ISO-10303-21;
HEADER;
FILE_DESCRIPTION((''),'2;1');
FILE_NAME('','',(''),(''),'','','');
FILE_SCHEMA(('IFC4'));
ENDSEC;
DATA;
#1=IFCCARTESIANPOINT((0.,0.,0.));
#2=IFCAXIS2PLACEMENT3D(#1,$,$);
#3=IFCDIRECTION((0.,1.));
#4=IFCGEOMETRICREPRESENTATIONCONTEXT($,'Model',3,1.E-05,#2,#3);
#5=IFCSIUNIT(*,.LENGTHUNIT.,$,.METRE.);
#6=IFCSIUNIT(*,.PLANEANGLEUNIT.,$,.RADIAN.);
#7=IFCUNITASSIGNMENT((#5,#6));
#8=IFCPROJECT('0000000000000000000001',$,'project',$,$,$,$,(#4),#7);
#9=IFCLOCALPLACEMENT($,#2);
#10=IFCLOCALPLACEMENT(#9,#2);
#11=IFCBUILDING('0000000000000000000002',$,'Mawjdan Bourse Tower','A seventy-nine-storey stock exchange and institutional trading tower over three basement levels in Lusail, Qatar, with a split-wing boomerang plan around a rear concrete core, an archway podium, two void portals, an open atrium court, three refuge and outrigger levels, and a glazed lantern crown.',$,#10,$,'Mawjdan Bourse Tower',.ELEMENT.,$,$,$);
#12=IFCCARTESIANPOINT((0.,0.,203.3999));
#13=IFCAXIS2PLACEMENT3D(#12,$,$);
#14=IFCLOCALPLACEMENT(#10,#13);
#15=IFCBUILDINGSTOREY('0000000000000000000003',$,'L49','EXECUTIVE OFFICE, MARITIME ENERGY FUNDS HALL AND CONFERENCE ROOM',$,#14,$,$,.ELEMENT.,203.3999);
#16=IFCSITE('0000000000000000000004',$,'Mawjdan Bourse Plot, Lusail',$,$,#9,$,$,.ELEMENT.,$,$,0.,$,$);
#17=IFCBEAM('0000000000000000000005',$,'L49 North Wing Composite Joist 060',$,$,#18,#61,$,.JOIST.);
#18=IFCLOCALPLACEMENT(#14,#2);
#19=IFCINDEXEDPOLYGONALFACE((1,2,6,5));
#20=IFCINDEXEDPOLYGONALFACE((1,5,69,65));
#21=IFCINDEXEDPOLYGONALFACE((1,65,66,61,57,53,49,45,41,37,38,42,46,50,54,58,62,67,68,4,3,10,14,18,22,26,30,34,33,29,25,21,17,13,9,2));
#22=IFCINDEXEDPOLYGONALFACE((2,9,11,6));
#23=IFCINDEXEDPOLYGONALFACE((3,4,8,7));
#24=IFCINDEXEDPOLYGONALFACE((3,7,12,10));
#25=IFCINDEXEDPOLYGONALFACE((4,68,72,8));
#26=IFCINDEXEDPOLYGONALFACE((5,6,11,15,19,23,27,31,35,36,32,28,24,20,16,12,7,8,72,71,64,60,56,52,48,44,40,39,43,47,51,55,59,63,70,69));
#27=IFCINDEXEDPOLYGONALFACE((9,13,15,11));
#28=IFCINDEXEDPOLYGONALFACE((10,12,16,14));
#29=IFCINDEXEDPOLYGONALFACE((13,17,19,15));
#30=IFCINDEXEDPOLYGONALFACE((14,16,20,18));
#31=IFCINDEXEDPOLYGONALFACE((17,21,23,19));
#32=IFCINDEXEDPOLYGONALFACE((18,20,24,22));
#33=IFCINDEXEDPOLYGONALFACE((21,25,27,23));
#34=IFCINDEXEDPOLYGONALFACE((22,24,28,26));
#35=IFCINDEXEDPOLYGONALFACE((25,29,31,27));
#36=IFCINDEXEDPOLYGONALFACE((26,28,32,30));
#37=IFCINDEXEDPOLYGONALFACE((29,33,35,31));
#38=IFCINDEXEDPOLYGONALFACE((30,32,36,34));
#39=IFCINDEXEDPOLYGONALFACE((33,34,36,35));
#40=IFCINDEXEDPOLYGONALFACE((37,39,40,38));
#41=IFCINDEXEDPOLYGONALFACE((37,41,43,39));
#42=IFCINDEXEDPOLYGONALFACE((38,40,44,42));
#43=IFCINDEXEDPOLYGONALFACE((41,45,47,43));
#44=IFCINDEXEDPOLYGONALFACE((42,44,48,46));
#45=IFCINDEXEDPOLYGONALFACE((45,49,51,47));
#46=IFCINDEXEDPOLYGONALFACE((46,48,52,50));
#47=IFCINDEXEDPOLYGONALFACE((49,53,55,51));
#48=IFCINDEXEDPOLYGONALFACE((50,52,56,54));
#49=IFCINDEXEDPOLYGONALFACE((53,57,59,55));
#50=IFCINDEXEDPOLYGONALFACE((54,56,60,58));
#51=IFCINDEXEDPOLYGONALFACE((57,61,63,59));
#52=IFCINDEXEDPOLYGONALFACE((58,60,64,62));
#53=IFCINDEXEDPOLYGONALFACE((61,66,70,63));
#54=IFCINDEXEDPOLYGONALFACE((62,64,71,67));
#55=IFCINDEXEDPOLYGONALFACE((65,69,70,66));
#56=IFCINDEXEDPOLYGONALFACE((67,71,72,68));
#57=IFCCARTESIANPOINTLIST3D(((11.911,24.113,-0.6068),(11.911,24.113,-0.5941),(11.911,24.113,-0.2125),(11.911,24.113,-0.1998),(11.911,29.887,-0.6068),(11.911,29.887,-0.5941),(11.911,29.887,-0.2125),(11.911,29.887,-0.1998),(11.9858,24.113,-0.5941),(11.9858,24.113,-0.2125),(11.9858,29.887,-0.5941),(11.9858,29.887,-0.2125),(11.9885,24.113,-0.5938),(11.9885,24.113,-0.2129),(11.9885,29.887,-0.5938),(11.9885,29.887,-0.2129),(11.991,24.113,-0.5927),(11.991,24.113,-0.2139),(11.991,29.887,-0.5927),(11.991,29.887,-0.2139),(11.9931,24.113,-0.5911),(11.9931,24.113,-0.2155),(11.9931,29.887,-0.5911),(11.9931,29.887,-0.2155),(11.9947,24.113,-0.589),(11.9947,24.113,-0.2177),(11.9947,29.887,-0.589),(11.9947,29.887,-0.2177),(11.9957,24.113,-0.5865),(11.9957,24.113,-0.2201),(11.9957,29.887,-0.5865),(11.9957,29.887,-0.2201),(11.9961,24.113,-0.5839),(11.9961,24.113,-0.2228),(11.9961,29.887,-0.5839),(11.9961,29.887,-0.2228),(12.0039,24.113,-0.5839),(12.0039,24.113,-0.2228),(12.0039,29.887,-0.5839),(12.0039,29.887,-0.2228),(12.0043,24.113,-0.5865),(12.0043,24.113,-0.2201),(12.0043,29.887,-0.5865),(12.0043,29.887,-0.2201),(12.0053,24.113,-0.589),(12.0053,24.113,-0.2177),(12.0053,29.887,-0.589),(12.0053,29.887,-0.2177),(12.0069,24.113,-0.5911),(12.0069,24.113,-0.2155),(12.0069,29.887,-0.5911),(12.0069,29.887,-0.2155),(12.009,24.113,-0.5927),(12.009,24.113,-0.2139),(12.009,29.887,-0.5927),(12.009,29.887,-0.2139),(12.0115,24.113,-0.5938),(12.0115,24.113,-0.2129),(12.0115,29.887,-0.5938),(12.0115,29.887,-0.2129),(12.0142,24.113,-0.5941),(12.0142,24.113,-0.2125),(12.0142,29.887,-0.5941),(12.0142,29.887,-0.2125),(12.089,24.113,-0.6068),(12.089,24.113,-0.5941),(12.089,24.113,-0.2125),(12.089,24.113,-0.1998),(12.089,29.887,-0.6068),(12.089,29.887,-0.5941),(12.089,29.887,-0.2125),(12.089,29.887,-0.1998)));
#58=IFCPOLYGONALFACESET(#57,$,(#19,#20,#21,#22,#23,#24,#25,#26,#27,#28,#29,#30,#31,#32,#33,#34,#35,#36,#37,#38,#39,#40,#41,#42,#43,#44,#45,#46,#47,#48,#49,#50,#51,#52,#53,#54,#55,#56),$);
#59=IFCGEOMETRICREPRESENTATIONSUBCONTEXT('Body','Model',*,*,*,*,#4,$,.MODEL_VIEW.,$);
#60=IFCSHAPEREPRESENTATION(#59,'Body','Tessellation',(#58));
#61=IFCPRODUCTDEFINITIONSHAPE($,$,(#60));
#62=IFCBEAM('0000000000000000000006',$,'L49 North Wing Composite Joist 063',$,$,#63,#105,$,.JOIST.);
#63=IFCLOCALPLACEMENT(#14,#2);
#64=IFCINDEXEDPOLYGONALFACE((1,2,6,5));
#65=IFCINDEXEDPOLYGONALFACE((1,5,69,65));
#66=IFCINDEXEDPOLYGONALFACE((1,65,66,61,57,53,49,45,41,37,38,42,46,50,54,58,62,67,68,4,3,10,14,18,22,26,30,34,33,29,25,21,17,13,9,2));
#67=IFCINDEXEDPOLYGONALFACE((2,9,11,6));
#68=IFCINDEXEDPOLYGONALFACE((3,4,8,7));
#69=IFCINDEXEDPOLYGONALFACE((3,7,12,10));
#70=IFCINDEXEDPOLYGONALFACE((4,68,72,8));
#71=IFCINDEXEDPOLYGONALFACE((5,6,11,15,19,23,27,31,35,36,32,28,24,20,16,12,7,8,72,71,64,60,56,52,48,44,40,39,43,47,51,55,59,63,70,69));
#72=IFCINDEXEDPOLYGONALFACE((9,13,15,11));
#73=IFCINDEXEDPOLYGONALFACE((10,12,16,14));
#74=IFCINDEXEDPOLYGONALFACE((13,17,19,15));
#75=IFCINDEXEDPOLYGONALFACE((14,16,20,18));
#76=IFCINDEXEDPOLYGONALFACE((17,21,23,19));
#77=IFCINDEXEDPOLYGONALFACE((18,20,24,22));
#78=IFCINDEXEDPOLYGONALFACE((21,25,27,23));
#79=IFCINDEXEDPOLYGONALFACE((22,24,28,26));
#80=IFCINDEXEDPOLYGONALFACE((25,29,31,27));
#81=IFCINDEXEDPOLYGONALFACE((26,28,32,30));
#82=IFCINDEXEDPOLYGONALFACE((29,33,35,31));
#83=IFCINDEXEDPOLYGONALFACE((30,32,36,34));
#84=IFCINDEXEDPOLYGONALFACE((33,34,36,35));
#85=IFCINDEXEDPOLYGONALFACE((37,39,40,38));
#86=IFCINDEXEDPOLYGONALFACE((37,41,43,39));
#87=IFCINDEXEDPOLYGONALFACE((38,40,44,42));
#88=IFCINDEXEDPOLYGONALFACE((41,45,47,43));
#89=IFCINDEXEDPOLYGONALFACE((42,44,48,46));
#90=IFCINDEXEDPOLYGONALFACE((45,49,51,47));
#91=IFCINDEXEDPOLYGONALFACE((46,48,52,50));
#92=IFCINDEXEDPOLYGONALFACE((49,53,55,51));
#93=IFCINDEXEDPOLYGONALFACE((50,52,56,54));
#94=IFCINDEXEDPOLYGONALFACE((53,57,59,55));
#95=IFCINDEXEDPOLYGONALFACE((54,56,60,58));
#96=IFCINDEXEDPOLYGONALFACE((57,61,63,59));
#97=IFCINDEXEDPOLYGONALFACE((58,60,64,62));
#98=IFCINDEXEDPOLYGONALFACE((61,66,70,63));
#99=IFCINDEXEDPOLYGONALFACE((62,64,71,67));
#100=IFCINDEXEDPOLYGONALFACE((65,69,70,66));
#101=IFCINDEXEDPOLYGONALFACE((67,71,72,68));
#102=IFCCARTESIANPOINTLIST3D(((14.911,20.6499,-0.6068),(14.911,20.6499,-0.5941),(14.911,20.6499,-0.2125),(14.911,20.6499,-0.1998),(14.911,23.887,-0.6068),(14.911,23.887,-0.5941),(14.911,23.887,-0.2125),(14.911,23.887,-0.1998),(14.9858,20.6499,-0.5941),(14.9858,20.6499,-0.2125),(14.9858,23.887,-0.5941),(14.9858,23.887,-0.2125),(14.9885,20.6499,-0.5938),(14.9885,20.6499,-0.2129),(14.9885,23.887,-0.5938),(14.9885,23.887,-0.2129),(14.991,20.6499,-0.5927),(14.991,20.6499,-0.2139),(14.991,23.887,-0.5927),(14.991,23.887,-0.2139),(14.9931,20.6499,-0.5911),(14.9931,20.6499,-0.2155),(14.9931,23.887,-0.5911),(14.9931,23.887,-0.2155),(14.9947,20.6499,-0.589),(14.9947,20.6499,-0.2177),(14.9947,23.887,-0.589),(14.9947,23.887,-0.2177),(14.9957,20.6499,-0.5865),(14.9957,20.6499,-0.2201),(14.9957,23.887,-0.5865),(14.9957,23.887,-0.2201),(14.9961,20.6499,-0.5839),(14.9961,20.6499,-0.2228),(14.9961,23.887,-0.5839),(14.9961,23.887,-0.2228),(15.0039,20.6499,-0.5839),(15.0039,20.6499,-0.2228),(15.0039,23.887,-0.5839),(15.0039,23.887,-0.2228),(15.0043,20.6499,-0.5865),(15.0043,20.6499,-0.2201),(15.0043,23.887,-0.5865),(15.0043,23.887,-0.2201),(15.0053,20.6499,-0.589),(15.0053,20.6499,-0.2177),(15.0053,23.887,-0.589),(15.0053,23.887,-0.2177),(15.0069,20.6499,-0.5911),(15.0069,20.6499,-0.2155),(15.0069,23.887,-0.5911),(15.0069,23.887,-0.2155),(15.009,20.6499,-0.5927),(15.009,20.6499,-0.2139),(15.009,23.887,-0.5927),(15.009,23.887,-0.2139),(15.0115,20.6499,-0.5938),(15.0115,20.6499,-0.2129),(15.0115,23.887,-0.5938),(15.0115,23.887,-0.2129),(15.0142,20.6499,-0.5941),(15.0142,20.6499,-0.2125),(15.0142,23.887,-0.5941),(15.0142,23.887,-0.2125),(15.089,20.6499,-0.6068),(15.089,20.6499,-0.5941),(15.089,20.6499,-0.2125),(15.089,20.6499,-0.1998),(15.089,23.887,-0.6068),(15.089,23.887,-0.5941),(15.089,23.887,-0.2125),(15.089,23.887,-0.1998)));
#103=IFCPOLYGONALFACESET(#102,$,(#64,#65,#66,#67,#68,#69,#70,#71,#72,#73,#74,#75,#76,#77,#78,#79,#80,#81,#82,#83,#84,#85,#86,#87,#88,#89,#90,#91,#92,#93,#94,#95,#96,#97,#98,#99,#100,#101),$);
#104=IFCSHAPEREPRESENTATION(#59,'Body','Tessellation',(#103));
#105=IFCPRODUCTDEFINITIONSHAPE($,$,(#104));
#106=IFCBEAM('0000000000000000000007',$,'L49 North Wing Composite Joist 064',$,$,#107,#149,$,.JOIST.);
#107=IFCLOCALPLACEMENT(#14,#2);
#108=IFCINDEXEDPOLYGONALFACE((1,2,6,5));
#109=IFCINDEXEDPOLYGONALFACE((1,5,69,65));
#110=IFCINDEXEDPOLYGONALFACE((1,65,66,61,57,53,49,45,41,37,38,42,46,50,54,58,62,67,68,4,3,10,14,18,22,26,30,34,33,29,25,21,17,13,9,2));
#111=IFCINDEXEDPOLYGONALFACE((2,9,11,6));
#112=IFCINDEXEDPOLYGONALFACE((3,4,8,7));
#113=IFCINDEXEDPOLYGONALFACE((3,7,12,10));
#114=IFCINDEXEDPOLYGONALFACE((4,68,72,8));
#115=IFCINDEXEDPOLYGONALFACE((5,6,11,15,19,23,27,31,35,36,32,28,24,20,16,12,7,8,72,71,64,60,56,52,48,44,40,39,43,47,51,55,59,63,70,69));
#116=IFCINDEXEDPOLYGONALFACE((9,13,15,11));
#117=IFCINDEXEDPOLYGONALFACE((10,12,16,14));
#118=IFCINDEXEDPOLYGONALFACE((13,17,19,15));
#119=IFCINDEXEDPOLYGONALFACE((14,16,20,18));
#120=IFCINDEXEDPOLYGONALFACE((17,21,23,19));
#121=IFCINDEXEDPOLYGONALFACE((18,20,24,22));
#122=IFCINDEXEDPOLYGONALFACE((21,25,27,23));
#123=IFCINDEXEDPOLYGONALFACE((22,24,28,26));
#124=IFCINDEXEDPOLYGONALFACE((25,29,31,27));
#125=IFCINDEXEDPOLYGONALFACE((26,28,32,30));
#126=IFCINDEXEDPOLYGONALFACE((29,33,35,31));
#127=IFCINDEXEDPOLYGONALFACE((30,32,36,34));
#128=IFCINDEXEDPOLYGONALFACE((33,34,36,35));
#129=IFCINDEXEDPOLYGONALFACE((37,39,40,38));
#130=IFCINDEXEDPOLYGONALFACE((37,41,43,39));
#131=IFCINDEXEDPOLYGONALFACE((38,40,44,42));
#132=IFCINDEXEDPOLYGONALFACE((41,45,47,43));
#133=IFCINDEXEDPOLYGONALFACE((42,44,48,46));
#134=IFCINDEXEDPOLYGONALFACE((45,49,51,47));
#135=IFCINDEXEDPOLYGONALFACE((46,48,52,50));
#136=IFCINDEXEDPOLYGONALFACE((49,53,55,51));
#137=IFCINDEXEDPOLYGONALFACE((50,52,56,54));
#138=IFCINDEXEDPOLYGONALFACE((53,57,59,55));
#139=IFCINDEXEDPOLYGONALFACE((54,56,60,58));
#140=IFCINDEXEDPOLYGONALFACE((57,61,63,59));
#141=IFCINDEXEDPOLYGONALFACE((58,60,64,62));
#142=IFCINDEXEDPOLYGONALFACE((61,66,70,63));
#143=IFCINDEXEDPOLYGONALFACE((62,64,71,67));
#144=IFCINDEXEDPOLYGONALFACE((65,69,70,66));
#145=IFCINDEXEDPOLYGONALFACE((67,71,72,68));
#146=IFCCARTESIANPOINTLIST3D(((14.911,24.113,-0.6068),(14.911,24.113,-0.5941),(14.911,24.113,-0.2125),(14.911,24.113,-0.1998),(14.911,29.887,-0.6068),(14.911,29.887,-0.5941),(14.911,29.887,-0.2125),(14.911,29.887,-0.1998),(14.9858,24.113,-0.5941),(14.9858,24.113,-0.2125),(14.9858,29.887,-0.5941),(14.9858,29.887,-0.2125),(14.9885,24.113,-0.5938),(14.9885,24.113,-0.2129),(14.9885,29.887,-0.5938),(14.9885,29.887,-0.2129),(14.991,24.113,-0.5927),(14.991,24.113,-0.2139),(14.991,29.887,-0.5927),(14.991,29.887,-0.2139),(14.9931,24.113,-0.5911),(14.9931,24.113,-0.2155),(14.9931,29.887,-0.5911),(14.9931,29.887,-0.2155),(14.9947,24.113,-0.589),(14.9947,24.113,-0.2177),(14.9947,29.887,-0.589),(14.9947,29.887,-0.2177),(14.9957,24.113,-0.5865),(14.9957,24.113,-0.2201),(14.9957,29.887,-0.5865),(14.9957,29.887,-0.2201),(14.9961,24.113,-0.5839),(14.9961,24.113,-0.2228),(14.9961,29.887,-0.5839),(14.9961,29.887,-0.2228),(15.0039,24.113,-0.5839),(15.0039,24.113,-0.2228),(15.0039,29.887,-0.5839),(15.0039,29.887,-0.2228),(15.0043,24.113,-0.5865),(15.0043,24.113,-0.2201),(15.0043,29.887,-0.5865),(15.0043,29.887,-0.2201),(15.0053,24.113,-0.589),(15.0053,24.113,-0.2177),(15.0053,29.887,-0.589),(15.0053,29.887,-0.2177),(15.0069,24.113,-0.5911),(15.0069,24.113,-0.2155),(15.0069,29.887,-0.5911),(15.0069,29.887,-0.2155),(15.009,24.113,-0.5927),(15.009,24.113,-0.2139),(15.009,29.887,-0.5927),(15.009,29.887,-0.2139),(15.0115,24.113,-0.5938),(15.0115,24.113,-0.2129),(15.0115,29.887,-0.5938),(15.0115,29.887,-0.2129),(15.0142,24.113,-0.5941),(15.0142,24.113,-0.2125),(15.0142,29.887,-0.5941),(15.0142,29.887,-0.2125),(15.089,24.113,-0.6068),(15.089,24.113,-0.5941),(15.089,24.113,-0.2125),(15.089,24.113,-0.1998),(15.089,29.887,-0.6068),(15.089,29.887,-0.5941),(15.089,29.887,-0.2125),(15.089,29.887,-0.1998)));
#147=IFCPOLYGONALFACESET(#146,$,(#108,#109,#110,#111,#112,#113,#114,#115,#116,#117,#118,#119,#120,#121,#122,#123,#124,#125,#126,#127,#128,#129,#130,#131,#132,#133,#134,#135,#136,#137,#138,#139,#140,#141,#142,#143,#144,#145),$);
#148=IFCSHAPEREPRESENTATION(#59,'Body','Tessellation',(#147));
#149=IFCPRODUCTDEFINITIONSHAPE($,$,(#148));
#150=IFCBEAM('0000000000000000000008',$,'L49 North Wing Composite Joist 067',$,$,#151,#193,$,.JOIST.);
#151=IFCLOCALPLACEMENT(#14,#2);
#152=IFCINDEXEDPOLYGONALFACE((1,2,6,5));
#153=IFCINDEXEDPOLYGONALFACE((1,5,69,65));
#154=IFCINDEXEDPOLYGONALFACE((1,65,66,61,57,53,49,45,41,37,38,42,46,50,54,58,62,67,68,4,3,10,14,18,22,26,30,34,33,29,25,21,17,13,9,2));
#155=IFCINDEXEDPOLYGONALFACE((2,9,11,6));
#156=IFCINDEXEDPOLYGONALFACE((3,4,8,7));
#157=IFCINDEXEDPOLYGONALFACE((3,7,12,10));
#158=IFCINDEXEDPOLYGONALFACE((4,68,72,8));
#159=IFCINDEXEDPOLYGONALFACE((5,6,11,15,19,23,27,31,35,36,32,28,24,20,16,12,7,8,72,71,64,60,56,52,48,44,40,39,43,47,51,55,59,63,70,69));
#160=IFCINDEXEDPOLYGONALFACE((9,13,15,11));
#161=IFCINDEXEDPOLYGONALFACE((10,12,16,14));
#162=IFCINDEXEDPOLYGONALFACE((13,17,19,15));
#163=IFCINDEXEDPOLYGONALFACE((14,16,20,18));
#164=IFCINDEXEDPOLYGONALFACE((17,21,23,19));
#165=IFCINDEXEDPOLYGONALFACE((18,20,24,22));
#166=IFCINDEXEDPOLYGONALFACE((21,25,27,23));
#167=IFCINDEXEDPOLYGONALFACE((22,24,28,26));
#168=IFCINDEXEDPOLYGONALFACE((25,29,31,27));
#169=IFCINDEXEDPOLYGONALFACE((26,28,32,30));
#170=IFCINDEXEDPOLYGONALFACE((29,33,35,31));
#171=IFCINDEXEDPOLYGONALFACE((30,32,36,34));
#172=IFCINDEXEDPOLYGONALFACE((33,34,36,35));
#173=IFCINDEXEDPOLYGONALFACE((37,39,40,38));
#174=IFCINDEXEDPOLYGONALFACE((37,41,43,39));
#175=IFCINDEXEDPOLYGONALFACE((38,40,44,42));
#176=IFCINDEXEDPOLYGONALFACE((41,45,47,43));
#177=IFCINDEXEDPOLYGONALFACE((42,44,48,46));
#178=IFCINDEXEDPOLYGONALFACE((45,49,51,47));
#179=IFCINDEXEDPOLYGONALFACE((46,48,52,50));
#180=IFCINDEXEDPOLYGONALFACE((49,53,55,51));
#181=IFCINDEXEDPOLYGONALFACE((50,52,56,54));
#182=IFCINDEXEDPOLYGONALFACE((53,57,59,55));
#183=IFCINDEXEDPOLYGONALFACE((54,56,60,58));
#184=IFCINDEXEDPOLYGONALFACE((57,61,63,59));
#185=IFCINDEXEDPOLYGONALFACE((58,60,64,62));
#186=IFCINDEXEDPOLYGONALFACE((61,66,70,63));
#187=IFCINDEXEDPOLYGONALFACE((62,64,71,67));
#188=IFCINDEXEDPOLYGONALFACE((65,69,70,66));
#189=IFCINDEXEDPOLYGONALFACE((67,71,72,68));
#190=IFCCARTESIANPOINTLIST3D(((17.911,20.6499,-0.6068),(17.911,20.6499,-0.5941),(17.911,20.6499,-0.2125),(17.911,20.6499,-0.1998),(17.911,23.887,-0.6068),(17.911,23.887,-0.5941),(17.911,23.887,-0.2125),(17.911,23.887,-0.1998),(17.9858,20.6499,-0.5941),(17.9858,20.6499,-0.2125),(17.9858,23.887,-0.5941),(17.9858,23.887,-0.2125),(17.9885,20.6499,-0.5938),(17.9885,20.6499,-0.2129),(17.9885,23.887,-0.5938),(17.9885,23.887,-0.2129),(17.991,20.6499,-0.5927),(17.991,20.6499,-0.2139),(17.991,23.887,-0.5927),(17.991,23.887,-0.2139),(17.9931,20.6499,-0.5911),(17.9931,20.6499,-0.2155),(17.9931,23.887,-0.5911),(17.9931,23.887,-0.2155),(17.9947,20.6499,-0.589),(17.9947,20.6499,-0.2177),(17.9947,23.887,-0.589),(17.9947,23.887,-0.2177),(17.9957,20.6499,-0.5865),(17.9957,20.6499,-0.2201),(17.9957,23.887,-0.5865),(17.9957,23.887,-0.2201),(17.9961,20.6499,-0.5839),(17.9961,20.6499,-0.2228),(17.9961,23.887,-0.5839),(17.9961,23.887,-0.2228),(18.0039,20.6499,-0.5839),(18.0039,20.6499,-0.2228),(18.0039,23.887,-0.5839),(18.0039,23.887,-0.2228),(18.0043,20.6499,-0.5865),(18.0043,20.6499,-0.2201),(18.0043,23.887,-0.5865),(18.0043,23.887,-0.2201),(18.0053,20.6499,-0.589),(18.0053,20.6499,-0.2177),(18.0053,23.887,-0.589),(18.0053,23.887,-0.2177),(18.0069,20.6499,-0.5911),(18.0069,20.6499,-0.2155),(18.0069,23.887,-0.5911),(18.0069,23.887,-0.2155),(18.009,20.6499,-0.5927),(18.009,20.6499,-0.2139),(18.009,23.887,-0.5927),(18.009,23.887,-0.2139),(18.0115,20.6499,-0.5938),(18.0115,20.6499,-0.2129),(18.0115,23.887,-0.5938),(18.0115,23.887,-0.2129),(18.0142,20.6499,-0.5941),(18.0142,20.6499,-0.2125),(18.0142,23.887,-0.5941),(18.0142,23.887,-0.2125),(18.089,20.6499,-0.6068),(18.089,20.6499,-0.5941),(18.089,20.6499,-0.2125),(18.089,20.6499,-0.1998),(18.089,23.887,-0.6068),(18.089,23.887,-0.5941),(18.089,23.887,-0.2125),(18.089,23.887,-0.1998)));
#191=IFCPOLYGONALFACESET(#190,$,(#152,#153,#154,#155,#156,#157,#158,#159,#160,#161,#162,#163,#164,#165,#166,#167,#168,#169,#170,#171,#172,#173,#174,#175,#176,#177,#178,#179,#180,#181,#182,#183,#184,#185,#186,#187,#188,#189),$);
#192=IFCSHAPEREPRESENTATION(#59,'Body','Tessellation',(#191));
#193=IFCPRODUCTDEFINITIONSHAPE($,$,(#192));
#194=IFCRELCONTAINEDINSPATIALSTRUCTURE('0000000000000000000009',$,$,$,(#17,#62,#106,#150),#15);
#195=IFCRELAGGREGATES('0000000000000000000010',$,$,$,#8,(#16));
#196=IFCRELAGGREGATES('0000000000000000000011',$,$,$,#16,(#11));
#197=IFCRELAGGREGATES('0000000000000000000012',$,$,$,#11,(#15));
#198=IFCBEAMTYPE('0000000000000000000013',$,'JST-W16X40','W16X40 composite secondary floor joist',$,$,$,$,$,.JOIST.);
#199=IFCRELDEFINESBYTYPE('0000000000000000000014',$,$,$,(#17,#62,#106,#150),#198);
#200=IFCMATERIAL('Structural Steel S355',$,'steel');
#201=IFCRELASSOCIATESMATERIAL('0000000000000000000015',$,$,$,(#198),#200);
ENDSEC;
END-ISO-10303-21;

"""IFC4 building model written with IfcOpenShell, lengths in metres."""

from ifc_helpers import new_model, si_unit, direction, frame, origin, origin_2d, place, context, subcontext, project, spatial, i_section, extrude, material, material_profile, profile_set, type_object, element, save


model = new_model("IFC4")

# Units and contexts
model_context = context("Model", 3, precision=1e-05, world=origin(), true_north=direction((0.0, 1.0)))
body_context = subcontext(model_context, "Body", "Model", "MODEL_VIEW")
ifc_project = project(units=[si_unit("LENGTHUNIT", "METRE"), si_unit("PLANEANGLEUNIT", "RADIAN")], contexts=[model_context])

# Site, building, storey
site_placement = place(None, origin())
site = spatial("IfcSite", under=ifc_project, at=site_placement, Name="Mawjdan Bourse Plot, Lusail", CompositionType="ELEMENT", RefElevation=0.0)
building_placement = place(site_placement, origin())
building = spatial("IfcBuilding", under=site, at=building_placement, Name="Mawjdan Bourse Tower", Description="A seventy-nine-storey stock exchange and institutional trading tower over three basement levels in Lusail, Qatar, with a split-wing boomerang plan around a rear concrete core, an archway podium, two void portals, an open atrium court, three refuge and outrigger levels, and a glazed lantern crown.", LongName="Mawjdan Bourse Tower", CompositionType="ELEMENT")
storey_placement = place(building_placement, frame((0.0, 0.0, 203.3999)))
storey = spatial("IfcBuildingStorey", under=building, at=storey_placement, Name="L49", Description="EXECUTIVE OFFICE, MARITIME ENERGY FUNDS HALL AND CONFERENCE ROOM", CompositionType="ELEMENT", Elevation=203.3999)

# Beams
ifc_material_1 = material(Name="Structural Steel S355", Category="steel")
ifc_material_profile_1 = material_profile(ifc_material_1, i_section(OverallWidth=0.178, OverallDepth=0.407, WebThickness=0.0078, FlangeThickness=0.0127, FilletRadius=0.0103, at=origin_2d()), Name="W16X40")
ifc_profile_set_1 = profile_set([ifc_material_profile_1], Name="Structural Steel S355")
beam_type_1 = type_object("IfcBeamType", Name="JST-W16X40", Description="W16X40 composite secondary floor joist", PredefinedType="JOIST", material=ifc_profile_set_1)
beam_1_placement = place(storey_placement, frame((12.0, 24.113, -0.4033), z_axis=(0.0, 1.0, 0.0), x_axis=(-1.0, 0.0, 0.0)))
element("IfcBeam", 1, at=beam_1_placement, inside=storey, type_object=beam_type_1, Name="L49 North Wing Composite Joist 060", PredefinedType="JOIST", context=body_context, shape_type="SweptSolid", body=[
    extrude(i_section(OverallWidth=0.178, OverallDepth=0.407, WebThickness=0.0078, FlangeThickness=0.0127, FilletRadius=0.0103, at=origin_2d()), origin(), (0.0, 0.0, 1.0), 5.7739),
])
beam_2_placement = place(storey_placement, frame((15.0, 20.6499, -0.4033), z_axis=(0.0, 1.0, 0.0), x_axis=(-1.0, 0.0, 0.0)))
element("IfcBeam", 2, at=beam_2_placement, inside=storey, type_object=beam_type_1, Name="L49 North Wing Composite Joist 063", PredefinedType="JOIST", context=body_context, shape_type="SweptSolid", body=[
    extrude(i_section(OverallWidth=0.178, OverallDepth=0.407, WebThickness=0.0078, FlangeThickness=0.0127, FilletRadius=0.0103, at=origin_2d()), origin(), (0.0, 0.0, 1.0), 3.2371),
])
beam_3_placement = place(storey_placement, frame((15.0, 24.113, -0.4033), z_axis=(0.0, 1.0, 0.0), x_axis=(-1.0, 0.0, 0.0)))
element("IfcBeam", 3, at=beam_3_placement, inside=storey, type_object=beam_type_1, Name="L49 North Wing Composite Joist 064", PredefinedType="JOIST", context=body_context, shape_type="SweptSolid", body=[
    extrude(i_section(OverallWidth=0.178, OverallDepth=0.407, WebThickness=0.0078, FlangeThickness=0.0127, FilletRadius=0.0103, at=origin_2d()), origin(), (0.0, 0.0, 1.0), 5.7739),
])
beam_4_placement = place(storey_placement, frame((18.0, 20.6499, -0.4033), z_axis=(0.0, 1.0, 0.0), x_axis=(-1.0, 0.0, 0.0)))
element("IfcBeam", 4, at=beam_4_placement, inside=storey, type_object=beam_type_1, Name="L49 North Wing Composite Joist 067", PredefinedType="JOIST", context=body_context, shape_type="SweptSolid", body=[
    extrude(i_section(OverallWidth=0.178, OverallDepth=0.407, WebThickness=0.0078, FlangeThickness=0.0127, FilletRadius=0.0103, at=origin_2d()), origin(), (0.0, 0.0, 1.0), 3.2371),
])

save(model, "model.ifc")
